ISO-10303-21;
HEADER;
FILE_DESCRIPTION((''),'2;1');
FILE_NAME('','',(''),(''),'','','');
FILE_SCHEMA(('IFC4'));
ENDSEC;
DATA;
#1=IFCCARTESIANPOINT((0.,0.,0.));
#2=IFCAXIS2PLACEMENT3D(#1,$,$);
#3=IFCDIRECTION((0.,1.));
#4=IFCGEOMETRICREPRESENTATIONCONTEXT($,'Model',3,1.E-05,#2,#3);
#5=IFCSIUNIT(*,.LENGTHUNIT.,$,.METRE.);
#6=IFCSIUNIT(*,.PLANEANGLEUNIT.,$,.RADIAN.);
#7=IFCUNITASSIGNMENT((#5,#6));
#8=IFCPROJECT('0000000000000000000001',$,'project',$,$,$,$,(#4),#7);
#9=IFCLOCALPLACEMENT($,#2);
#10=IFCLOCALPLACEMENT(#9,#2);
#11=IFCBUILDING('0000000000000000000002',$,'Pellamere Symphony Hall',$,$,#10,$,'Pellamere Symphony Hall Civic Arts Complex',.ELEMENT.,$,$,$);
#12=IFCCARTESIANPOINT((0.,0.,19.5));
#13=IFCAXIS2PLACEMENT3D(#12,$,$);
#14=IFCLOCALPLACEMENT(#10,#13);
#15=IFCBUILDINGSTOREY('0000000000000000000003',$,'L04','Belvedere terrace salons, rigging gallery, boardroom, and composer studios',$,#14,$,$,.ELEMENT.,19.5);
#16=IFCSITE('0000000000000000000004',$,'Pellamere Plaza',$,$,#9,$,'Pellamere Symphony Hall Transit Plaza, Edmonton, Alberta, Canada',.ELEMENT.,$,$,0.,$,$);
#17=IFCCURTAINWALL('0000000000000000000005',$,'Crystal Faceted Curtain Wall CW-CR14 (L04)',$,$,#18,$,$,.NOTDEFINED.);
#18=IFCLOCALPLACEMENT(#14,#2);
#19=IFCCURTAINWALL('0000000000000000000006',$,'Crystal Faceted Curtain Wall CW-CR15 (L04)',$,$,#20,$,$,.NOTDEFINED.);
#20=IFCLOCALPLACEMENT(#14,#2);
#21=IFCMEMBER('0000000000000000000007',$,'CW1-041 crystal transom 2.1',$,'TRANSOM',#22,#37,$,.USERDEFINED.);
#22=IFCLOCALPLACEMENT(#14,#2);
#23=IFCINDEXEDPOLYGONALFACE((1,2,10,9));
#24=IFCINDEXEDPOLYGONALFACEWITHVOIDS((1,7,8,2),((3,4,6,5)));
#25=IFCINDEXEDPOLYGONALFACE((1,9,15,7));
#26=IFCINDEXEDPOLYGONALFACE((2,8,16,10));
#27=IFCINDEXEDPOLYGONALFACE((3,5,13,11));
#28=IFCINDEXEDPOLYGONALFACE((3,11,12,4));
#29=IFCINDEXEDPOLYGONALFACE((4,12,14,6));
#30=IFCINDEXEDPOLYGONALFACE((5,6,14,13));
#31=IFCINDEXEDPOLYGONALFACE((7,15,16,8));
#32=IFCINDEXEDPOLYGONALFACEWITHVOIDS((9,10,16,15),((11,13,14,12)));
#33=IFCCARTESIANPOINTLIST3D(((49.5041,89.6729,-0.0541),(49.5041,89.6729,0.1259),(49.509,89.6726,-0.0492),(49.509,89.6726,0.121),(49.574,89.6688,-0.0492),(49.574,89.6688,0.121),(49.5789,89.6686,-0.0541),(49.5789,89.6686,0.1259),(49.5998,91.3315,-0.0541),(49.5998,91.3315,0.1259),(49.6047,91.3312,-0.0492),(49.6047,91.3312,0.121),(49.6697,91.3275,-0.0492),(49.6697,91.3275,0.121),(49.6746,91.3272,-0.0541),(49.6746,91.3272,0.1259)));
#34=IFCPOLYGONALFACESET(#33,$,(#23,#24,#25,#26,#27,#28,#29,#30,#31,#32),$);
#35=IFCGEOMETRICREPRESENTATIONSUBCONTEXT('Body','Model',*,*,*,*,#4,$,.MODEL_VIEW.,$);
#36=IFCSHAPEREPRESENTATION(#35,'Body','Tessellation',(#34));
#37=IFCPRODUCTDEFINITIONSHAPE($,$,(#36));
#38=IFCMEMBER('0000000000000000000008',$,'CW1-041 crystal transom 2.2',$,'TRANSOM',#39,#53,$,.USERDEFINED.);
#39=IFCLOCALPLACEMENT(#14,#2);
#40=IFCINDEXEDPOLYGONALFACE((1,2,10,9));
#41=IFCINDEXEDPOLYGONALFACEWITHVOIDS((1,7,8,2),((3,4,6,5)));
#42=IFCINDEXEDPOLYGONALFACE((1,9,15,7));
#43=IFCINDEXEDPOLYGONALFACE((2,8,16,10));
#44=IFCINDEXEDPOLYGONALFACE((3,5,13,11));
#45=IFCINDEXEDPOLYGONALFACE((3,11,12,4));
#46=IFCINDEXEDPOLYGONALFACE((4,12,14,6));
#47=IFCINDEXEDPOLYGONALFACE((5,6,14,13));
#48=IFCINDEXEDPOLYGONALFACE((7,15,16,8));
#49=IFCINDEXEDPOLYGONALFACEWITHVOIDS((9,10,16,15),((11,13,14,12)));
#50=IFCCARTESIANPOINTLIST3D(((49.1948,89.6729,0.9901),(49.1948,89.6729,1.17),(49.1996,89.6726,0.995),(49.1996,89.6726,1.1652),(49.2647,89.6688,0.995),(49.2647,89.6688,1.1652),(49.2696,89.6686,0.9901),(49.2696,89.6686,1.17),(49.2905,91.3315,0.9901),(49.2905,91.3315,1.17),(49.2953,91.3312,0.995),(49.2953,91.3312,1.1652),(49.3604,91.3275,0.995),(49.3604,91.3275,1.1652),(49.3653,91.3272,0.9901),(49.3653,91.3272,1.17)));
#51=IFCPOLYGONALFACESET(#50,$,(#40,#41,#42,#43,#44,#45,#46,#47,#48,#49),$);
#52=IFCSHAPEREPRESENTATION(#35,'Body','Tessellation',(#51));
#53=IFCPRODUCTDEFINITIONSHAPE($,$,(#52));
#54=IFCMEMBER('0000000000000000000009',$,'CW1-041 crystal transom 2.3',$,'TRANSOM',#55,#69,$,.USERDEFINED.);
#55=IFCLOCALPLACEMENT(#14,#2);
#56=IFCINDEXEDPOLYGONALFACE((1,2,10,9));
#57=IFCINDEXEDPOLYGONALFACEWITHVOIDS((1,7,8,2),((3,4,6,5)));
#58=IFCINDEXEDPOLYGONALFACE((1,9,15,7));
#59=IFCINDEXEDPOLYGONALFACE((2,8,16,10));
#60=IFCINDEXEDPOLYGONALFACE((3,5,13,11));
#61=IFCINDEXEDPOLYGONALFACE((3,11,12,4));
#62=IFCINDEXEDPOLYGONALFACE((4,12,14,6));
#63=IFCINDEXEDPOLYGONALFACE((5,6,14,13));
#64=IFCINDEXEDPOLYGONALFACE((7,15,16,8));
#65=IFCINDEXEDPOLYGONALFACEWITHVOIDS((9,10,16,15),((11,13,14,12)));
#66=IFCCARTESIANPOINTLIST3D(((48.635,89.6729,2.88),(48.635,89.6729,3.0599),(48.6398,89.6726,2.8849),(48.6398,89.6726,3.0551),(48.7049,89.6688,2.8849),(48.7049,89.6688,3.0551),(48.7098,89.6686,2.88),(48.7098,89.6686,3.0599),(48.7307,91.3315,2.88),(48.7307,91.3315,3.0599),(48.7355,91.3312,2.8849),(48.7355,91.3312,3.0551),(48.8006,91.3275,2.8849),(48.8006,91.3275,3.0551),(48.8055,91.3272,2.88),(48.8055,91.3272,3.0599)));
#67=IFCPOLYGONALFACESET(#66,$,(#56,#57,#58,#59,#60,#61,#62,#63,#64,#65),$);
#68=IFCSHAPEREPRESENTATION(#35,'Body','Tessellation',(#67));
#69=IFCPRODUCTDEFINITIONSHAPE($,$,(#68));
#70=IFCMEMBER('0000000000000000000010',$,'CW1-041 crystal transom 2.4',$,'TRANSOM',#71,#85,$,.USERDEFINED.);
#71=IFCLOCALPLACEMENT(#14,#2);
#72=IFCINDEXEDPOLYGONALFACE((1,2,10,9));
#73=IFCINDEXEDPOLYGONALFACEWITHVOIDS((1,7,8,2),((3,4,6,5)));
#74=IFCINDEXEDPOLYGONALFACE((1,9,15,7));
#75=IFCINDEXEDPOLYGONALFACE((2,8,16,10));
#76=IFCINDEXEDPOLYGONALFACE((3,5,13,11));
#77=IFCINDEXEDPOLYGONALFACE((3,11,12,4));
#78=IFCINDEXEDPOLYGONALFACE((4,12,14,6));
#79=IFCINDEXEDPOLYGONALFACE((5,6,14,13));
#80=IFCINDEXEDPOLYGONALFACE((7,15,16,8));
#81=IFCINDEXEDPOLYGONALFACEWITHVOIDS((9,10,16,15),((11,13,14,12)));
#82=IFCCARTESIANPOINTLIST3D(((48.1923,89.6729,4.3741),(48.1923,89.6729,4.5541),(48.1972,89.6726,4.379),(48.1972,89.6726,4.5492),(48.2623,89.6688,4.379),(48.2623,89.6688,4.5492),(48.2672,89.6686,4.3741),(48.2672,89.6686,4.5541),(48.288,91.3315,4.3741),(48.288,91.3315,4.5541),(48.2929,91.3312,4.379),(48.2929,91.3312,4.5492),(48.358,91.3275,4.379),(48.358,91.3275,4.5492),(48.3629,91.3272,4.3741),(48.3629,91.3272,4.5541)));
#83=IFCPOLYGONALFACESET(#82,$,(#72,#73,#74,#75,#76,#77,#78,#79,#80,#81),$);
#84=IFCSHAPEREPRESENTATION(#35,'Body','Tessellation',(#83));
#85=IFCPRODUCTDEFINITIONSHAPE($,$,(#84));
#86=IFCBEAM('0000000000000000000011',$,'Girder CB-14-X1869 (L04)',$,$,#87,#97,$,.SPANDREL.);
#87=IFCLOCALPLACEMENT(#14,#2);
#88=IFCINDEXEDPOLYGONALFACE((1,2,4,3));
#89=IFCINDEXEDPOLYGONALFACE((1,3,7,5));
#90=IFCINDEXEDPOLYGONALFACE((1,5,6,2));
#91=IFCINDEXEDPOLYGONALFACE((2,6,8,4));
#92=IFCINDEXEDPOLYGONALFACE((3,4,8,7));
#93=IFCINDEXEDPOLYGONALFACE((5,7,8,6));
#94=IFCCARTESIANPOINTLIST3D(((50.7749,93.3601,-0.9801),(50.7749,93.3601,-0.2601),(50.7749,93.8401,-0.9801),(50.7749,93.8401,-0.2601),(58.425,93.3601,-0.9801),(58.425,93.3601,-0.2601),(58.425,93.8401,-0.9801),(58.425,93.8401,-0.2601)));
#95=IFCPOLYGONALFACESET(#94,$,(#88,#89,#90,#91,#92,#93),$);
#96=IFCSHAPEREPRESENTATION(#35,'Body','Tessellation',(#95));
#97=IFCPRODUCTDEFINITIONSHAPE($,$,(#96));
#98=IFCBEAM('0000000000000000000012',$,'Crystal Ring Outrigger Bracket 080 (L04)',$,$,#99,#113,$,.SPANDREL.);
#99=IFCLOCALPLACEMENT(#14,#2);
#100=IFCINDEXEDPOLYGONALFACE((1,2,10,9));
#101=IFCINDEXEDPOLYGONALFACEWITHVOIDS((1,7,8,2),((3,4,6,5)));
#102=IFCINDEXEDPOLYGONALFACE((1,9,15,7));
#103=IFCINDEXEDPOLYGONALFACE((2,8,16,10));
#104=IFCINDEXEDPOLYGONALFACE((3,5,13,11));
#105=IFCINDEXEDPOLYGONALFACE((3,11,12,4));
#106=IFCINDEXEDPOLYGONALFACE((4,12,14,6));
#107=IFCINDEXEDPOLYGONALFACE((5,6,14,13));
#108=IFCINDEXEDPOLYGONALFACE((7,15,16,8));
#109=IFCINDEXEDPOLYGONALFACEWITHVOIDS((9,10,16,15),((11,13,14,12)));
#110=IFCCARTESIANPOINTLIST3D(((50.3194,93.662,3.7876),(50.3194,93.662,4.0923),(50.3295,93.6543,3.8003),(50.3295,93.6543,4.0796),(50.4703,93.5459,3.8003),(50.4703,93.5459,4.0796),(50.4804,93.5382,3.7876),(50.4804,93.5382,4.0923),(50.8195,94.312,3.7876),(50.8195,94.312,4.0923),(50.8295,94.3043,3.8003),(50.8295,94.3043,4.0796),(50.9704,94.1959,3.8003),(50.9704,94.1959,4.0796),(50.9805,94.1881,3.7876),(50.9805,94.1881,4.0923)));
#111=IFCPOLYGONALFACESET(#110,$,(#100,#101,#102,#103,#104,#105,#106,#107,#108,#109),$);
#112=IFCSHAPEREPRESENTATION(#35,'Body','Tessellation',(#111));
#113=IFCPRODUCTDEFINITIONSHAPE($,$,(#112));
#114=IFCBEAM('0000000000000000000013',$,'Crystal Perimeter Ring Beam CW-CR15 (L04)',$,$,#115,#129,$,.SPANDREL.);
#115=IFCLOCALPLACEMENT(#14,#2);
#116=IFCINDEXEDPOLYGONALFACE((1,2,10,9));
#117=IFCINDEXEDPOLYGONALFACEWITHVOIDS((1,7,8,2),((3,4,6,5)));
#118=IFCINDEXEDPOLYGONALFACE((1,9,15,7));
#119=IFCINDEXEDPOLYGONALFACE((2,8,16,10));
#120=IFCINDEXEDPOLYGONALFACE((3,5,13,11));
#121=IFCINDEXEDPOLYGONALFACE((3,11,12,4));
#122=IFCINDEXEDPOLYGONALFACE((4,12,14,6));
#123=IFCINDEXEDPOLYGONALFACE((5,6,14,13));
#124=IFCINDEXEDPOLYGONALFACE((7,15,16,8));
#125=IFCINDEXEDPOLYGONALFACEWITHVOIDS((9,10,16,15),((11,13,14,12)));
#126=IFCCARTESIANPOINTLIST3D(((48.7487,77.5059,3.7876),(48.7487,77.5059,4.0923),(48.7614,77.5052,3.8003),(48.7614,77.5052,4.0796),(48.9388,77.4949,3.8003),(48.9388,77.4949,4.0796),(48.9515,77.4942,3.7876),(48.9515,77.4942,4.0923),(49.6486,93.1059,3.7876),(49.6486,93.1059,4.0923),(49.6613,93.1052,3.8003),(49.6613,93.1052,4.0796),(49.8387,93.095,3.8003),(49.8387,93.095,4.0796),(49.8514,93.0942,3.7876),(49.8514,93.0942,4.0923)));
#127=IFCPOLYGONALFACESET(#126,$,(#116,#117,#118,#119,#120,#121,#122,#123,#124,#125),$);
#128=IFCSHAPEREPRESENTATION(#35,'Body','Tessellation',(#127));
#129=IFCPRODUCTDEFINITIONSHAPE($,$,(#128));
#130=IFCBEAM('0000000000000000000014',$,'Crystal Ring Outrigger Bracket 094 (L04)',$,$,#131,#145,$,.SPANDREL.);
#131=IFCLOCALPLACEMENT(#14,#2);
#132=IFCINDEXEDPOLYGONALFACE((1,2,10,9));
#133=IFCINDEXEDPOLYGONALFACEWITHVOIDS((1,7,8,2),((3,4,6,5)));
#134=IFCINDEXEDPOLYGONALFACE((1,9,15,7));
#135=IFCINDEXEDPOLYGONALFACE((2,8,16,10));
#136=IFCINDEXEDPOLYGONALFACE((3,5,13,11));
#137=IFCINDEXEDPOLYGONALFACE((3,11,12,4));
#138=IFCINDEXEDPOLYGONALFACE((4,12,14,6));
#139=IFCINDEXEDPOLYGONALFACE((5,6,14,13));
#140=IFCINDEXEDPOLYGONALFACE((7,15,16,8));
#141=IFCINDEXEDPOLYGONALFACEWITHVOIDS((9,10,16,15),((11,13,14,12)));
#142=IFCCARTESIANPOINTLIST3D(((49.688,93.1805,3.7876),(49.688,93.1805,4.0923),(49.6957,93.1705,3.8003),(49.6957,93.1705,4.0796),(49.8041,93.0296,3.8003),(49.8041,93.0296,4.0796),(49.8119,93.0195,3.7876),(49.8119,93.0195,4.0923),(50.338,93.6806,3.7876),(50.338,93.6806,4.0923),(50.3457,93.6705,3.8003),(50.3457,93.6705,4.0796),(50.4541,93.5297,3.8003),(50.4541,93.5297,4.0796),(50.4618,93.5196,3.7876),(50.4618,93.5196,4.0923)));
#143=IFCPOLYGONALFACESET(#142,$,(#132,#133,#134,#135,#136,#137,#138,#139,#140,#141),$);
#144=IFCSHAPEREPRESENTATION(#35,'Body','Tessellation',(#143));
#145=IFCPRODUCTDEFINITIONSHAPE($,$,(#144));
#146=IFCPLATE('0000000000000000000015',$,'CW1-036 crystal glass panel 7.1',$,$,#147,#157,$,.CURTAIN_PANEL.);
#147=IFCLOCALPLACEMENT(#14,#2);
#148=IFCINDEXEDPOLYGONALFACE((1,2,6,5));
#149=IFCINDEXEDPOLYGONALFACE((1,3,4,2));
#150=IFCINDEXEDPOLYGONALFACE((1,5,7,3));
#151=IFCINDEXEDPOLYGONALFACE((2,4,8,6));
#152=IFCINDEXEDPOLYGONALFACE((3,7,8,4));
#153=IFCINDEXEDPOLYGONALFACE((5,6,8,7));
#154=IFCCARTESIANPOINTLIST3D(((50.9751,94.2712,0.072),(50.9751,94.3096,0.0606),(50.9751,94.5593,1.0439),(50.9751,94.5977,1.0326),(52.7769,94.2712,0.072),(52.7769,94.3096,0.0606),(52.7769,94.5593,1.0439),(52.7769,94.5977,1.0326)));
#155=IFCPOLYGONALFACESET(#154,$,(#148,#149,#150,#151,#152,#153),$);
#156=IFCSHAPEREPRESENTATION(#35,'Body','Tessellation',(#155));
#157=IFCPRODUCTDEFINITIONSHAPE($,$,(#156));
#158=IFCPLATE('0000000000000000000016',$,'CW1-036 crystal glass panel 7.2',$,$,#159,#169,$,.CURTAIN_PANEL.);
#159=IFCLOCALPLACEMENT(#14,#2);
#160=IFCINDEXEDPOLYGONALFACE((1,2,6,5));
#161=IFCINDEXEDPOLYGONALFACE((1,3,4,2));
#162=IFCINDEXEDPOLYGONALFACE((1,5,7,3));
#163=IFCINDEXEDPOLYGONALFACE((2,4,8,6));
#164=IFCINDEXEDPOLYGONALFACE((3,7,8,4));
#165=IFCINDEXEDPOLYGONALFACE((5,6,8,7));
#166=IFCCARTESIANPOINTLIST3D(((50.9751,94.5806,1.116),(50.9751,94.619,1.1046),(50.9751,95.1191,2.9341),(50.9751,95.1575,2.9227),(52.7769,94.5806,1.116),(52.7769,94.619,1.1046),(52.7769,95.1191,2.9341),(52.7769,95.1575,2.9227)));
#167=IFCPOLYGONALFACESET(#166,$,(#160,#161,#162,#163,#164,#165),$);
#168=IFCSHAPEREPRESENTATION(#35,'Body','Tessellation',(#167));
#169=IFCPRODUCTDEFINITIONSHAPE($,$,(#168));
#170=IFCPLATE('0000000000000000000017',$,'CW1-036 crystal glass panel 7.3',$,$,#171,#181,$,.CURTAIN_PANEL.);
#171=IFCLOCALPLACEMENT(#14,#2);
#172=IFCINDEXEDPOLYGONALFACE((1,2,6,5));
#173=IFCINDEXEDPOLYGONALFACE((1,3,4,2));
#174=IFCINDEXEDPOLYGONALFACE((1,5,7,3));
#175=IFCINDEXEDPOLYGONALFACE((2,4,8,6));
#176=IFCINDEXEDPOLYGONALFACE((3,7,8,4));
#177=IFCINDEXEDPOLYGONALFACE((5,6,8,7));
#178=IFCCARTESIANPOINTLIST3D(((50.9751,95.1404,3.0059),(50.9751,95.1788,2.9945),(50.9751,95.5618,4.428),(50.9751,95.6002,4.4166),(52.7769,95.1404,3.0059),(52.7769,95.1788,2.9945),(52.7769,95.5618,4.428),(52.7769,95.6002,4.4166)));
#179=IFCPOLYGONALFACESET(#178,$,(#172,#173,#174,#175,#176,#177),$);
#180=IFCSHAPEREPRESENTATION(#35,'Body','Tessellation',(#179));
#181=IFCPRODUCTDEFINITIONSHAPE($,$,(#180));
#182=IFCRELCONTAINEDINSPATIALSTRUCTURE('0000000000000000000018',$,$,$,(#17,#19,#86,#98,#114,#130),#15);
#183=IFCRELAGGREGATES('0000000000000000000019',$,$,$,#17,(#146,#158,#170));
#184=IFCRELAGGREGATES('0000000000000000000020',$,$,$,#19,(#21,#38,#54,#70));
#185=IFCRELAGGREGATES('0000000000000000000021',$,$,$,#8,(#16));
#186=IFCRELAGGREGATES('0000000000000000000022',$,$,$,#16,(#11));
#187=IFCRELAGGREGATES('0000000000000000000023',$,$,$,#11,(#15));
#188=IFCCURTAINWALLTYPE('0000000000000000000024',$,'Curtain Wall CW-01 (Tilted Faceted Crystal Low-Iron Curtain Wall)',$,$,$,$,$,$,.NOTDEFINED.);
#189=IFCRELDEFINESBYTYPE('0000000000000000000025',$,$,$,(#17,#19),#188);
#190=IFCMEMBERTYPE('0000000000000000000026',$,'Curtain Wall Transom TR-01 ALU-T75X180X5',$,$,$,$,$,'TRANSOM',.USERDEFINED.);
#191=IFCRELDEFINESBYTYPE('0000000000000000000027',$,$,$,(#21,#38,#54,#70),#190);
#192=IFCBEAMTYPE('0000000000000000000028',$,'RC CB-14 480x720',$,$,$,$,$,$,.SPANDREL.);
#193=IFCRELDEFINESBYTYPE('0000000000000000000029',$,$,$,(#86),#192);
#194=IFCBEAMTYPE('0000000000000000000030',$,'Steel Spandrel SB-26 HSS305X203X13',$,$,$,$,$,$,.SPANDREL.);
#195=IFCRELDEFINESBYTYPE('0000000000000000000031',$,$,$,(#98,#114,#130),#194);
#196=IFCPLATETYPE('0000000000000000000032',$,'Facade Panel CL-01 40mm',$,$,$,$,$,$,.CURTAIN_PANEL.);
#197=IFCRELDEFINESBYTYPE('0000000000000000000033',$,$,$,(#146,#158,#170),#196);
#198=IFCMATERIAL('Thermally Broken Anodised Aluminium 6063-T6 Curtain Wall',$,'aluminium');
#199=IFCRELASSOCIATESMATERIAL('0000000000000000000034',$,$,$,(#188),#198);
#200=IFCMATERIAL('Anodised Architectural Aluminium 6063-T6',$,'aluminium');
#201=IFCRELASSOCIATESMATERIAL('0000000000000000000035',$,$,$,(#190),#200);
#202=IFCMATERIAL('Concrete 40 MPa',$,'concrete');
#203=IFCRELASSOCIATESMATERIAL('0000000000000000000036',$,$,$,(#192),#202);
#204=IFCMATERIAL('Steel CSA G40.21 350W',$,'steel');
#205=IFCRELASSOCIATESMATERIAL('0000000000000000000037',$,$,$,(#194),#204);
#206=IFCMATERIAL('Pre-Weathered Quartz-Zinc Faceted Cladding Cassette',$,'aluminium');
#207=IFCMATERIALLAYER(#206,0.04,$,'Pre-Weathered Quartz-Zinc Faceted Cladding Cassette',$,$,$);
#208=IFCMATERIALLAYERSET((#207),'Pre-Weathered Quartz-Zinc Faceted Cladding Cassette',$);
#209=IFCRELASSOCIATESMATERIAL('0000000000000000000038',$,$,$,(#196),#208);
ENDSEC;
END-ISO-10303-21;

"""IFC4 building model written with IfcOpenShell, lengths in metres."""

from ifc_helpers import new_model, si_unit, direction, frame, origin, origin_2d, place, context, subcontext, project, spatial, polyline, rectangle, hollow_rectangle, outline, extrude, material, layer, layer_set, material_profile, profile_set, type_object, element, aggregate, save


model = new_model("IFC4")

# Units and contexts
model_context = context("Model", 3, precision=1e-05, world=origin(), true_north=direction((0.0, 1.0)))
body_context = subcontext(model_context, "Body", "Model", "MODEL_VIEW")
ifc_project = project(units=[si_unit("LENGTHUNIT", "METRE"), si_unit("PLANEANGLEUNIT", "RADIAN")], contexts=[model_context])

# Site, building, storey
site_placement = place(None, origin())
site = spatial("IfcSite", under=ifc_project, at=site_placement, Name="Pellamere Plaza", LongName="Pellamere Symphony Hall Transit Plaza, Edmonton, Alberta, Canada", CompositionType="ELEMENT", RefElevation=0.0)
building_placement = place(site_placement, origin())
building = spatial("IfcBuilding", under=site, at=building_placement, Name="Pellamere Symphony Hall", LongName="Pellamere Symphony Hall Civic Arts Complex", CompositionType="ELEMENT")
storey_placement = place(building_placement, frame((0.0, 0.0, 19.5)))
storey = spatial("IfcBuildingStorey", under=building, at=storey_placement, Name="L04", Description="Belvedere terrace salons, rigging gallery, boardroom, and composer studios", CompositionType="ELEMENT", Elevation=19.5)

# Shared definitions
ifc_material_1 = material(Name="Concrete 40 MPa", Category="concrete")

# Curtain wall
ifc_material_2 = material(Name="Thermally Broken Anodised Aluminium 6063-T6 Curtain Wall", Category="aluminium")
curtain_wall_type = type_object("IfcCurtainWallType", Name="Curtain Wall CW-01 (Tilted Faceted Crystal Low-Iron Curtain Wall)", PredefinedType="NOTDEFINED", material=ifc_material_2)
curtain_wall_1_placement = place(storey_placement, origin())
curtain_wall_1 = element("IfcCurtainWall", 1, at=curtain_wall_1_placement, inside=storey, type_object=curtain_wall_type, Name="Crystal Faceted Curtain Wall CW-CR14 (L04)", PredefinedType="NOTDEFINED")
ifc_material_3 = material(Name="Anodised Architectural Aluminium 6063-T6", Category="aluminium")

# Curtain wall
curtain_wall_2_placement = place(storey_placement, origin())
curtain_wall_2 = element("IfcCurtainWall", 2, at=curtain_wall_2_placement, inside=storey, type_object=curtain_wall_type, Name="Crystal Faceted Curtain Wall CW-CR15 (L04)", PredefinedType="NOTDEFINED")

# Members
ifc_material_profile_1 = material_profile(ifc_material_3, hollow_rectangle(XDim=0.075, YDim=0.1799, WallThickness=0.0049, at=origin_2d()), Name="ALU-T75X180X5")
ifc_profile_set_1 = profile_set([ifc_material_profile_1], Name="Anodised Architectural Aluminium 6063-T6")
member_type_1 = type_object("IfcMemberType", Name="Curtain Wall Transom TR-01 ALU-T75X180X5", ElementType="TRANSOM", PredefinedType="USERDEFINED", material=ifc_profile_set_1)
member_1_placement = place(storey_placement, frame((49.6372, 91.3293, 0.0359), z_axis=(-0.057602, -0.99834, 0.0), x_axis=(0.99834, -0.057602, 0.0)))
member_1 = element("IfcMember", 3, at=member_1_placement, type_object=member_type_1, Name="CW1-041 crystal transom 2.1", ObjectType="TRANSOM", PredefinedType="USERDEFINED", context=body_context, shape_type="SweptSolid", body=[
    extrude(hollow_rectangle(XDim=0.075, YDim=0.1799, WallThickness=0.0049, at=origin_2d()), origin(), (0.0, 0.0, 1.0), 1.6614),
])
member_2_placement = place(storey_placement, frame((49.3279, 91.3293, 1.0801), z_axis=(-0.057602, -0.99834, 0.0), x_axis=(0.99834, -0.057602, 0.0)))
member_2 = element("IfcMember", 4, at=member_2_placement, type_object=member_type_1, Name="CW1-041 crystal transom 2.2", ObjectType="TRANSOM", PredefinedType="USERDEFINED", context=body_context, shape_type="SweptSolid", body=[
    extrude(hollow_rectangle(XDim=0.075, YDim=0.1799, WallThickness=0.0049, at=origin_2d()), origin(), (0.0, 0.0, 1.0), 1.6614),
])
member_3_placement = place(storey_placement, frame((48.7681, 91.3293, 2.97), z_axis=(-0.057602, -0.99834, 0.0), x_axis=(0.99834, -0.057602, 0.0)))
member_3 = element("IfcMember", 5, at=member_3_placement, type_object=member_type_1, Name="CW1-041 crystal transom 2.3", ObjectType="TRANSOM", PredefinedType="USERDEFINED", context=body_context, shape_type="SweptSolid", body=[
    extrude(hollow_rectangle(XDim=0.075, YDim=0.1799, WallThickness=0.0049, at=origin_2d()), origin(), (0.0, 0.0, 1.0), 1.6614),
])
member_4_placement = place(storey_placement, frame((48.3254, 91.3293, 4.4641), z_axis=(-0.057602, -0.99834, 0.0), x_axis=(0.99834, -0.057602, 0.0)))
member_4 = element("IfcMember", 6, at=member_4_placement, type_object=member_type_1, Name="CW1-041 crystal transom 2.4", ObjectType="TRANSOM", PredefinedType="USERDEFINED", context=body_context, shape_type="SweptSolid", body=[
    extrude(hollow_rectangle(XDim=0.075, YDim=0.1799, WallThickness=0.0049, at=origin_2d()), origin(), (0.0, 0.0, 1.0), 1.6614),
])

# Beams
ifc_material_profile_2 = material_profile(ifc_material_1, rectangle(XDim=0.48, YDim=0.72, at=origin_2d()), Name="RC 480x720")
ifc_profile_set_2 = profile_set([ifc_material_profile_2], Name="Concrete 40 MPa")
beam_type_1 = type_object("IfcBeamType", Name="RC CB-14 480x720", PredefinedType="SPANDREL", material=ifc_profile_set_2)
beam_1_placement = place(storey_placement, frame((50.7749, 93.6001, -0.6201), z_axis=(1.0, 0.0, 0.0), x_axis=(0.0, 1.0, 0.0)))
element("IfcBeam", 7, at=beam_1_placement, inside=storey, type_object=beam_type_1, Name="Girder CB-14-X1869 (L04)", PredefinedType="SPANDREL", context=body_context, shape_type="SweptSolid", body=[
    extrude(rectangle(XDim=0.48, YDim=0.72, at=origin_2d()), origin(), (0.0, 0.0, 1.0), 7.6501),
])
ifc_material_4 = material(Name="Steel CSA G40.21 350W", Category="steel")
ifc_material_profile_3 = material_profile(ifc_material_4, hollow_rectangle(XDim=0.2031, YDim=0.3047, WallThickness=0.0127, at=origin_2d()), Name="HSS305X203X13")
ifc_profile_set_3 = profile_set([ifc_material_profile_3], Name="Steel CSA G40.21 350W")
beam_type_2 = type_object("IfcBeamType", Name="Steel Spandrel SB-26 HSS305X203X13", PredefinedType="SPANDREL", material=ifc_profile_set_3)
beam_2_placement = place(storey_placement, frame((50.3999, 93.6001, 3.9399), z_axis=(0.609768, 0.79258, 0.0), x_axis=(-0.79258, 0.609768, 0.0)))
element("IfcBeam", 8, at=beam_2_placement, inside=storey, type_object=beam_type_2, Name="Crystal Ring Outrigger Bracket 080 (L04)", PredefinedType="SPANDREL", context=body_context, shape_type="SweptSolid", body=[
    extrude(hollow_rectangle(XDim=0.2031, YDim=0.3047, WallThickness=0.0127, at=origin_2d()), origin(), (0.0, 0.0, 1.0), 0.8201),
])
beam_3_placement = place(storey_placement, frame((49.75, 93.1001, 3.9399), z_axis=(-0.05759, -0.99834, 0.0), x_axis=(0.99834, -0.05759, 0.0)))
element("IfcBeam", 9, at=beam_3_placement, inside=storey, type_object=beam_type_2, Name="Crystal Perimeter Ring Beam CW-CR15 (L04)", PredefinedType="SPANDREL", context=body_context, shape_type="SweptSolid", body=[
    extrude(hollow_rectangle(XDim=0.2031, YDim=0.3047, WallThickness=0.0127, at=origin_2d()), origin(), (0.0, 0.0, 1.0), 15.626),
])
beam_4_placement = place(storey_placement, frame((50.3999, 93.6001, 3.9399), z_axis=(-0.79258, -0.609768, 0.0), x_axis=(0.609768, -0.79258, 0.0)))
element("IfcBeam", 10, at=beam_4_placement, inside=storey, type_object=beam_type_2, Name="Crystal Ring Outrigger Bracket 094 (L04)", PredefinedType="SPANDREL", context=body_context, shape_type="SweptSolid", body=[
    extrude(hollow_rectangle(XDim=0.2031, YDim=0.3047, WallThickness=0.0127, at=origin_2d()), origin(), (0.0, 0.0, 1.0), 0.8201),
])

# Plates
ifc_material_5 = material(Name="Pre-Weathered Quartz-Zinc Faceted Cladding Cassette", Category="aluminium")
ifc_layer_1 = layer(ifc_material_5, 0.04, Name="Pre-Weathered Quartz-Zinc Faceted Cladding Cassette")
ifc_layer_set_1 = layer_set([ifc_layer_1], Name="Pre-Weathered Quartz-Zinc Faceted Cladding Cassette")
plate_type_1 = type_object("IfcPlateType", Name="Facade Panel CL-01 40mm", PredefinedType="CURTAIN_PANEL", material=ifc_layer_set_1)
plate_1_placement = place(storey_placement, frame((52.7769, 94.2712, 0.072), z_axis=(0.0, -0.958769, 0.284187), x_axis=(-1.0, 0.0, 0.0)))
plate_1 = element("IfcPlate", 11, at=plate_1_placement, type_object=plate_type_1, Name="CW1-036 crystal glass panel 7.1", PredefinedType="CURTAIN_PANEL", context=body_context, shape_type="SweptSolid", body=[
    extrude(outline(polyline([(0.0, 0.0), (1.8018, 0.0), (1.8018, -1.0137), (0.0, -1.0137), (0.0, 0.0)])), origin(), (0.0, 0.0, -1.0), 0.04),
])
plate_2_placement = place(storey_placement, frame((52.7769, 94.5806, 1.116), z_axis=(0.0, -0.958816, 0.284027), x_axis=(-1.0, 0.0, 0.0)))
plate_2 = element("IfcPlate", 12, at=plate_2_placement, type_object=plate_type_1, Name="CW1-036 crystal glass panel 7.2", PredefinedType="CURTAIN_PANEL", context=body_context, shape_type="SweptSolid", body=[
    extrude(outline(polyline([(0.0, 0.0), (1.8018, 0.0), (1.8018, -1.8962), (0.0, -1.8962), (0.0, 0.0)])), origin(), (0.0, 0.0, -1.0), 0.04),
])
plate_3_placement = place(storey_placement, frame((52.7769, 95.1404, 3.0059), z_axis=(0.0, -0.958795, 0.2841), x_axis=(-1.0, 0.0, 0.0)))
plate_3 = element("IfcPlate", 13, at=plate_3_placement, type_object=plate_type_1, Name="CW1-036 crystal glass panel 7.3", PredefinedType="CURTAIN_PANEL", context=body_context, shape_type="SweptSolid", body=[
    extrude(outline(polyline([(0.0, 0.0), (1.8018, 0.0), (1.8018, -1.4832), (0.0, -1.4832), (0.0, 0.0)])), origin(), (0.0, 0.0, -1.0), 0.04),
])
aggregate(curtain_wall_1, [plate_1, plate_2, plate_3])
aggregate(curtain_wall_2, [member_1, member_2, member_3, member_4])

save(model, "model.ifc")
